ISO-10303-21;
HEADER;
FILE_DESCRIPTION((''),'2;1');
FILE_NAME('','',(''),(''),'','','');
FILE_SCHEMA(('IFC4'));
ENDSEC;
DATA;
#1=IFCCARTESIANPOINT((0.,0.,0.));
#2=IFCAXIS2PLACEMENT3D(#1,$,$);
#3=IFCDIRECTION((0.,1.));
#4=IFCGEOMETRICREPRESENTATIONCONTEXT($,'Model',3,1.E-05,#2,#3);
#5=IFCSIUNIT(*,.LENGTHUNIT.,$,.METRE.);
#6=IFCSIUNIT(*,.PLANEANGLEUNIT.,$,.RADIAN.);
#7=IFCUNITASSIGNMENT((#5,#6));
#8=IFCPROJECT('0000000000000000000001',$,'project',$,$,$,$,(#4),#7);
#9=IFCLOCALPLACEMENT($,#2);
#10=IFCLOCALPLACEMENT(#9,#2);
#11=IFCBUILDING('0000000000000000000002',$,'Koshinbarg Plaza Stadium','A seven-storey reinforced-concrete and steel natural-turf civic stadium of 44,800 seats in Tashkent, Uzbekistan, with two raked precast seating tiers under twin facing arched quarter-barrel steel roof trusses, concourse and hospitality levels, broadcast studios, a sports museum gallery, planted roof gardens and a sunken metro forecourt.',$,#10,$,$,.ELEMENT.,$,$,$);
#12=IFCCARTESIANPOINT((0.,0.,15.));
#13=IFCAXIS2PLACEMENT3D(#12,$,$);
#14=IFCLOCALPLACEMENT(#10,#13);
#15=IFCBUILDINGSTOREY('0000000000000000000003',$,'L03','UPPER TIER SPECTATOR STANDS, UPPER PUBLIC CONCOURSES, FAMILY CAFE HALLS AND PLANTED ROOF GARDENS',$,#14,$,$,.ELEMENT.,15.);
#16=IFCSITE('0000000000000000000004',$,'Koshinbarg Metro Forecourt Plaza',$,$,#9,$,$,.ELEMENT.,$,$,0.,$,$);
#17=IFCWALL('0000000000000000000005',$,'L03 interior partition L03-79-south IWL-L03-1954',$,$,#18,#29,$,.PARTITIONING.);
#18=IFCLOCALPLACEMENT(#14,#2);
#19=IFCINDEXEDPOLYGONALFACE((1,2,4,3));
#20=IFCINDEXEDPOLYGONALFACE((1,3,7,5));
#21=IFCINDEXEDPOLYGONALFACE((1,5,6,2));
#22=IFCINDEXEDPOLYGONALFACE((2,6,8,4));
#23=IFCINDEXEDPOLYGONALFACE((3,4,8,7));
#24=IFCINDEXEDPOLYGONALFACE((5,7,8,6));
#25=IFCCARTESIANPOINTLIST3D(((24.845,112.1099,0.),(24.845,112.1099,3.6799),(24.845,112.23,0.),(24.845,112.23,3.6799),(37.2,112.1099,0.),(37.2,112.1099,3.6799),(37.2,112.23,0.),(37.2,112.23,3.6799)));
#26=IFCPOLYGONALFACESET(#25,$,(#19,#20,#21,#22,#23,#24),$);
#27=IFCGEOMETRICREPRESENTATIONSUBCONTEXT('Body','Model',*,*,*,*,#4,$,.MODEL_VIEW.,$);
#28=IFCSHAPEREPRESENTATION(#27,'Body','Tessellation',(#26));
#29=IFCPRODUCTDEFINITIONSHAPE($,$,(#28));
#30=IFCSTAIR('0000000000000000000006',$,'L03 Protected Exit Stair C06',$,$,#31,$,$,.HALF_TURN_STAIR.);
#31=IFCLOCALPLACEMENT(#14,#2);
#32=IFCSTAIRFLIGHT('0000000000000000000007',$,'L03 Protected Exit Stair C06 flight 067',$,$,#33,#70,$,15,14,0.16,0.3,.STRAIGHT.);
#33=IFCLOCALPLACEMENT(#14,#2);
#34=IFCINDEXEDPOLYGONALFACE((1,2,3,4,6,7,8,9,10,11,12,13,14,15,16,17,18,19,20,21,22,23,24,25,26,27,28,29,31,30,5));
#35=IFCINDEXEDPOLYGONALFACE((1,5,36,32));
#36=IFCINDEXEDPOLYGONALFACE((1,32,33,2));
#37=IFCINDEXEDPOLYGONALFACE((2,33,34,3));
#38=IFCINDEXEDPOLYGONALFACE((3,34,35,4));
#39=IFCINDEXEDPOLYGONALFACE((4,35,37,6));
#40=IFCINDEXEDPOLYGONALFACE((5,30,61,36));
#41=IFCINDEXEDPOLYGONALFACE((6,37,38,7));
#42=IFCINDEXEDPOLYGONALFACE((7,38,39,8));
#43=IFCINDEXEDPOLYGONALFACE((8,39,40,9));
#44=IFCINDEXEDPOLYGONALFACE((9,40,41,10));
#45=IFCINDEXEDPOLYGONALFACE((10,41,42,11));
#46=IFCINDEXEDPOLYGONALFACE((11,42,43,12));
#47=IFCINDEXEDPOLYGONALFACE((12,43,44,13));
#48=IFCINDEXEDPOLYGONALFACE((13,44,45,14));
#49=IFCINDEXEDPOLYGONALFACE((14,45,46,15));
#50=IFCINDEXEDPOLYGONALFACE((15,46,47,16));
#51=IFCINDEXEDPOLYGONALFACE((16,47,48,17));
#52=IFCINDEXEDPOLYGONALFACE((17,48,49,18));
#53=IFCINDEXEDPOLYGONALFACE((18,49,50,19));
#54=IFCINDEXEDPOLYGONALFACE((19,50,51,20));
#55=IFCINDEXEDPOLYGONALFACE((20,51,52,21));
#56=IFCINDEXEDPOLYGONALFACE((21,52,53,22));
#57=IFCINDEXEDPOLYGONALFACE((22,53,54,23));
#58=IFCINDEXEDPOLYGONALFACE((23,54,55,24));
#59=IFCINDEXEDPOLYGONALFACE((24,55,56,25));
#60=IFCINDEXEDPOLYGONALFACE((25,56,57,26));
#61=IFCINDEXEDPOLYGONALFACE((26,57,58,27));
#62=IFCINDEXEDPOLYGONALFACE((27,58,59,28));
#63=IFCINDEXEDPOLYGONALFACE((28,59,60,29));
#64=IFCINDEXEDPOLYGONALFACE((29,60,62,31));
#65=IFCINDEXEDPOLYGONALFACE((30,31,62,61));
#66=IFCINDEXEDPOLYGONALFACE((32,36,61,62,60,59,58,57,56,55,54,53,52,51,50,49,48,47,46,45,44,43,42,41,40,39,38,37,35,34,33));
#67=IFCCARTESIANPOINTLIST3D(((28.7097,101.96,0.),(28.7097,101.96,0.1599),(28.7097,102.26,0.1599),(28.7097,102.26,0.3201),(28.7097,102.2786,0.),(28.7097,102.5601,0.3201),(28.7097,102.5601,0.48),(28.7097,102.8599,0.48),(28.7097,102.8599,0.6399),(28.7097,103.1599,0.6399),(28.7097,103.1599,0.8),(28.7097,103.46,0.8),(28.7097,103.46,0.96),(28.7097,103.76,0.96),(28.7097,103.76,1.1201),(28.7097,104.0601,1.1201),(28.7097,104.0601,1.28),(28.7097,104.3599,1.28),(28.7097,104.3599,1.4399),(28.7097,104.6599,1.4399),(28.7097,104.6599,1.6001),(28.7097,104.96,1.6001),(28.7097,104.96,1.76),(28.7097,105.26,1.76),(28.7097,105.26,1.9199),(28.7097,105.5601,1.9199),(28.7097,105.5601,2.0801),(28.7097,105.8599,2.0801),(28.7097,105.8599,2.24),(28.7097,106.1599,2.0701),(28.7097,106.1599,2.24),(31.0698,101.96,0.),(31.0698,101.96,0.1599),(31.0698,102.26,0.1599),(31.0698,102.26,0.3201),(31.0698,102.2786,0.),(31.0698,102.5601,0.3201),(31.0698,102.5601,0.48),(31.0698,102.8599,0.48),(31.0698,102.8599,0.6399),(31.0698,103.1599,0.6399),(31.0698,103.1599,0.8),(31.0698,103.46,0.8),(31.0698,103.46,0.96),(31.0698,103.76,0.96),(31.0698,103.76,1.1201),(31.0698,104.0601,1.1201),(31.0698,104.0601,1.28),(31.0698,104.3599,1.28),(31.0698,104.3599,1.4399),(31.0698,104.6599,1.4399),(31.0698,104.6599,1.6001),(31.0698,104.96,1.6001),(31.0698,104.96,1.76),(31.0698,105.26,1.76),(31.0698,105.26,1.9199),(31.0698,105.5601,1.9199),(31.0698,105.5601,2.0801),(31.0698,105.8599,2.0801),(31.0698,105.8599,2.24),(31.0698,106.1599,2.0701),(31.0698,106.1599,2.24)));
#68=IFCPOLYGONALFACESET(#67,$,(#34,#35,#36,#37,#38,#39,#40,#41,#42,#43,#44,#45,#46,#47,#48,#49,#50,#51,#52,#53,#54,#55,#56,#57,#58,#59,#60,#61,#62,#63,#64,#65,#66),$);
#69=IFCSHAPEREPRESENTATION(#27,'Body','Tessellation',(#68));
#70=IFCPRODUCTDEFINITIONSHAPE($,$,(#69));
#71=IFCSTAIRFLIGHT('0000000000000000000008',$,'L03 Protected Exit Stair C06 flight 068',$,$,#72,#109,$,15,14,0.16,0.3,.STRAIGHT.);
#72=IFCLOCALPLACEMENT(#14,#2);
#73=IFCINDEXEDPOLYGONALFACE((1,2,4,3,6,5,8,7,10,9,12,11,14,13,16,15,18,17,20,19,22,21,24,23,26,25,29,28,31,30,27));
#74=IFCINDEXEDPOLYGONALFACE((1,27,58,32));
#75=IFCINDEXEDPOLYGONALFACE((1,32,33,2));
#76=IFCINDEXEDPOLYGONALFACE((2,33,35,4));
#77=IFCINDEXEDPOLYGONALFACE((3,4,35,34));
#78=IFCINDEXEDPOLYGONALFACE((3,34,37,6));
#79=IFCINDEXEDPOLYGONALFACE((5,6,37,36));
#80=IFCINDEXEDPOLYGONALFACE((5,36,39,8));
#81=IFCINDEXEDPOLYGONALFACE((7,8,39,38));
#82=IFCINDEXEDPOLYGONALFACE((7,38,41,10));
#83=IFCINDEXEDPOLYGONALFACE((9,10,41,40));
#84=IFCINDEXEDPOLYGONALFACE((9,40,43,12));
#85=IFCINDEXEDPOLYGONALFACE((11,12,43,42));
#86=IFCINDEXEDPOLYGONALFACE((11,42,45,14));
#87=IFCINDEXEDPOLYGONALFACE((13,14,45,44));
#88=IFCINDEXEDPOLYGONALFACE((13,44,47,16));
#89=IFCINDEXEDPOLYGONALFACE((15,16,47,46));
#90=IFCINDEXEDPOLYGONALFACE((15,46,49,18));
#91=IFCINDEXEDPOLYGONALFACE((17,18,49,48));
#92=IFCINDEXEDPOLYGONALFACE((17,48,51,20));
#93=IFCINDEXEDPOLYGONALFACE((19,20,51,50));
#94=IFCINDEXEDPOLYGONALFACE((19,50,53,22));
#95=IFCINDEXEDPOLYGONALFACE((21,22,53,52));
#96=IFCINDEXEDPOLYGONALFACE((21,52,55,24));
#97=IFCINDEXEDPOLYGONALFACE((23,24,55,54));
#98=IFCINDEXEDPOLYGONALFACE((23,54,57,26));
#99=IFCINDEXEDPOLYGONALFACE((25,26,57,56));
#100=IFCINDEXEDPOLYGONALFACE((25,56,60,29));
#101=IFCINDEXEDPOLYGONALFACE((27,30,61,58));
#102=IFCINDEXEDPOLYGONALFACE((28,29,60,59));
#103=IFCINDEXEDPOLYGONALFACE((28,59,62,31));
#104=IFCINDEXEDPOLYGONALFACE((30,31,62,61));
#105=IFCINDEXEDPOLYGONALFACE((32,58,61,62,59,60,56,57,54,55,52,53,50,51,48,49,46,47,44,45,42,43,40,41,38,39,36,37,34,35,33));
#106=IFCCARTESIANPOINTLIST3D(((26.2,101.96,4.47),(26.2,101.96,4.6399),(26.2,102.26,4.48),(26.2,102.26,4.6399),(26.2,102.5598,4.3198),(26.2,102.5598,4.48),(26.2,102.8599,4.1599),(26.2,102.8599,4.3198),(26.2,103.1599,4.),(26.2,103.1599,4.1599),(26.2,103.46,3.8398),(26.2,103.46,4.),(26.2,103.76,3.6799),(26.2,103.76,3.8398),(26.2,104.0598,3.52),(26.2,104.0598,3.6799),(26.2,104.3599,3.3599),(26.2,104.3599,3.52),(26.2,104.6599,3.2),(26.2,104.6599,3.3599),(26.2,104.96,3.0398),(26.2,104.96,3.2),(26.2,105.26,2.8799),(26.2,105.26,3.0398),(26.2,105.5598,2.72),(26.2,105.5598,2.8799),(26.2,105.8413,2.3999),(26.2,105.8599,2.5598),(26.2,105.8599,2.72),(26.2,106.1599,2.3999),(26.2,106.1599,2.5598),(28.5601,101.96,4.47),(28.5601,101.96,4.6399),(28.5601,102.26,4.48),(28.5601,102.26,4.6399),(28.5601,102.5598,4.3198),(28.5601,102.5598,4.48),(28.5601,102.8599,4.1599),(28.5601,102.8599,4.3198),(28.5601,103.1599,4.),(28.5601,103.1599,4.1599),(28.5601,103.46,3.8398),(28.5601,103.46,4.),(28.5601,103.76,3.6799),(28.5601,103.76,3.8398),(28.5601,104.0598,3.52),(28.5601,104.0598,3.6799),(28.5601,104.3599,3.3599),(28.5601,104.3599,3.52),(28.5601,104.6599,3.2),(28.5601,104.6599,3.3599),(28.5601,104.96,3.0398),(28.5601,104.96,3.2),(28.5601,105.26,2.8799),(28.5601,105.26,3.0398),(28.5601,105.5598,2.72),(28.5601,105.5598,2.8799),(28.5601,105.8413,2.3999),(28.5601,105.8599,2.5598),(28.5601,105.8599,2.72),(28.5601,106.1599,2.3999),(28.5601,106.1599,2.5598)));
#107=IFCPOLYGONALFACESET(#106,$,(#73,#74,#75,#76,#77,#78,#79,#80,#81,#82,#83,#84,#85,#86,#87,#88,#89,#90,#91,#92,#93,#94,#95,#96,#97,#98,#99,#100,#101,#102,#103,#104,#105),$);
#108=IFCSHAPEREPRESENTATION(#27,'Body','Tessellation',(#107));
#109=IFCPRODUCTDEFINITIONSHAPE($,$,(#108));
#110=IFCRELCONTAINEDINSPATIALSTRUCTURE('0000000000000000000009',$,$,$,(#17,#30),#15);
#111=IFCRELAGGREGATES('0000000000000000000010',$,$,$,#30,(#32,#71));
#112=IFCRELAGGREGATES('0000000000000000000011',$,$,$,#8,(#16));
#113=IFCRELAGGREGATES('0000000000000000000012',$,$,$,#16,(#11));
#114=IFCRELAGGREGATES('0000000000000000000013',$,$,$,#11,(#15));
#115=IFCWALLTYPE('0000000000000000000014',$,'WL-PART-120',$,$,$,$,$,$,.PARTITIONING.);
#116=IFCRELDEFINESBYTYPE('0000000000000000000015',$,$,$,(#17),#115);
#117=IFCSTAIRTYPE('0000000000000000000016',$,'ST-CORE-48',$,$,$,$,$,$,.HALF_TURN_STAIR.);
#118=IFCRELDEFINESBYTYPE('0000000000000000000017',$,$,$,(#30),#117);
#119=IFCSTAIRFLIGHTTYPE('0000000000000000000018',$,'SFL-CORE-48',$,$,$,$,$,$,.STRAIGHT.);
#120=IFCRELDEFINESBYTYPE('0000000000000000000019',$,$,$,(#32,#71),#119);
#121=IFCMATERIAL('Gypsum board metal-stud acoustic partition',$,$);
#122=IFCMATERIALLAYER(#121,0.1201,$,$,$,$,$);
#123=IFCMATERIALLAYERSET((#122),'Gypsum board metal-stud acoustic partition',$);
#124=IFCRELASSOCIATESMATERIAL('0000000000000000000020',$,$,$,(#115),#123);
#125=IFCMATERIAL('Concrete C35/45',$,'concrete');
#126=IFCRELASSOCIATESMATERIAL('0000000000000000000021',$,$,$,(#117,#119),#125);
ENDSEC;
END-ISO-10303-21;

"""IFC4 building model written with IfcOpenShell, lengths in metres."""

from ifc_helpers import new_model, si_unit, direction, frame, frame_2d, origin, place, context, subcontext, project, spatial, polyline, rectangle, outline, extrude, material, layer, layer_set, type_object, element, aggregate, save


model = new_model("IFC4")

# Units and contexts
model_context = context("Model", 3, precision=1e-05, world=origin(), true_north=direction((0.0, 1.0)))
body_context = subcontext(model_context, "Body", "Model", "MODEL_VIEW")
ifc_project = project(units=[si_unit("LENGTHUNIT", "METRE"), si_unit("PLANEANGLEUNIT", "RADIAN")], contexts=[model_context])

# Site, building, storey
site_placement = place(None, origin())
site = spatial("IfcSite", under=ifc_project, at=site_placement, Name="Koshinbarg Metro Forecourt Plaza", CompositionType="ELEMENT", RefElevation=0.0)
building_placement = place(site_placement, origin())
building = spatial("IfcBuilding", under=site, at=building_placement, Name="Koshinbarg Plaza Stadium", Description="A seven-storey reinforced-concrete and steel natural-turf civic stadium of 44,800 seats in Tashkent, Uzbekistan, with two raked precast seating tiers under twin facing arched quarter-barrel steel roof trusses, concourse and hospitality levels, broadcast studios, a sports museum gallery, planted roof gardens and a sunken metro forecourt.", CompositionType="ELEMENT")
storey_placement = place(building_placement, frame((0.0, 0.0, 15.0)))
storey = spatial("IfcBuildingStorey", under=building, at=storey_placement, Name="L03", Description="UPPER TIER SPECTATOR STANDS, UPPER PUBLIC CONCOURSES, FAMILY CAFE HALLS AND PLANTED ROOF GARDENS", CompositionType="ELEMENT", Elevation=15.0)

# Wall
ifc_material_1 = material(Name="Gypsum board metal-stud acoustic partition")
ifc_layer_1 = layer(ifc_material_1, 0.1201)
ifc_layer_set_1 = layer_set([ifc_layer_1], Name="Gypsum board metal-stud acoustic partition")
wall_type_1 = type_object("IfcWallType", Name="WL-PART-120", PredefinedType="PARTITIONING", material=ifc_layer_set_1)
wall_1_placement = place(storey_placement, frame((24.845, 112.1699, 0.0), z_axis=(0.0, 0.0, 1.0), x_axis=(1.0, 0.0, 0.0)))
element("IfcWall", 1, at=wall_1_placement, inside=storey, type_object=wall_type_1, Name="L03 interior partition L03-79-south IWL-L03-1954", PredefinedType="PARTITIONING", context=body_context, shape_type="SweptSolid", body=[
    extrude(rectangle(XDim=12.355, YDim=0.1201, at=frame_2d((6.1775, 0.0))), origin(), (0.0, 0.0, 1.0), 3.6799),
])

# Stair, stair flights
ifc_material_2 = material(Name="Concrete C35/45", Category="concrete")
stair_type = type_object("IfcStairType", Name="ST-CORE-48", PredefinedType="HALF_TURN_STAIR", material=ifc_material_2)
stair_placement = place(storey_placement, origin())
stair = element("IfcStair", 2, at=stair_placement, inside=storey, type_object=stair_type, Name="L03 Protected Exit Stair C06", PredefinedType="HALF_TURN_STAIR")
stair_flight_type = type_object("IfcStairFlightType", Name="SFL-CORE-48", PredefinedType="STRAIGHT", material=ifc_material_2)
stair_flight_1_placement = place(storey_placement, frame((29.8899, 101.96, 0.0), z_axis=(0.0, 0.0, 1.0), x_axis=(0.0, 1.0, 0.0)))
stair_flight_1 = element("IfcStairFlight", 3, at=stair_flight_1_placement, type_object=stair_flight_type, Name="L03 Protected Exit Stair C06 flight 067", NumberOfRisers=15, NumberOfTreads=14, PredefinedType="STRAIGHT", RiserHeight=0.16, TreadLength=0.3, context=body_context, shape_type="SweptSolid", body=[
    extrude(outline(polyline([(0.0, 0.0), (0.0, 0.1599), (0.3, 0.1599), (0.3, 0.3201), (0.6001, 0.3201), (0.6001, 0.48), (0.8999, 0.48), (0.8999, 0.6399), (1.2, 0.6399), (1.2, 0.8), (1.5, 0.8), (1.5, 0.96), (1.8, 0.96), (1.8, 1.1201), (2.1001, 1.1201), (2.1001, 1.28), (2.3999, 1.28), (2.3999, 1.4399), (2.7, 1.4399), (2.7, 1.6001), (3.0, 1.6001), (3.0, 1.76), (3.3, 1.76), (3.3, 1.9199), (3.6001, 1.9199), (3.6001, 2.0801), (3.8999, 2.0801), (3.8999, 2.24), (4.2, 2.24), (4.2, 2.3999), (4.2, 2.0701), (0.3186, 0.0), (0.0, 0.0)])), frame((0.0, 1.1802, 0.0), z_axis=(0.0, -1.0, 0.0), x_axis=(1.0, 0.0, 0.0)), (0.0, 0.0, 1.0), 2.3601),
])
stair_flight_2_placement = place(storey_placement, frame((27.3799, 106.1599, 2.3999), z_axis=(0.0, 0.0, 1.0), x_axis=(0.0, -1.0, 0.0)))
stair_flight_2 = element("IfcStairFlight", 4, at=stair_flight_2_placement, type_object=stair_flight_type, Name="L03 Protected Exit Stair C06 flight 068", NumberOfRisers=15, NumberOfTreads=14, PredefinedType="STRAIGHT", RiserHeight=0.16, TreadLength=0.3, context=body_context, shape_type="SweptSolid", body=[
    extrude(outline(polyline([(0.0, 0.0), (0.0, 0.1599), (0.3, 0.1599), (0.3, 0.3201), (0.6001, 0.3201), (0.6001, 0.48), (0.8999, 0.48), (0.8999, 0.6399), (1.2, 0.6399), (1.2, 0.8), (1.5, 0.8), (1.5, 0.96), (1.8, 0.96), (1.8, 1.1201), (2.1001, 1.1201), (2.1001, 1.28), (2.3999, 1.28), (2.3999, 1.4399), (2.7, 1.4399), (2.7, 1.6001), (3.0, 1.6001), (3.0, 1.76), (3.3, 1.76), (3.3, 1.9199), (3.6001, 1.9199), (3.6001, 2.0801), (3.8999, 2.0801), (3.8999, 2.24), (4.2, 2.24), (4.2, 2.3999), (4.2, 2.0701), (0.3186, 0.0), (0.0, 0.0)])), frame((0.0, 1.1802, 0.0), z_axis=(0.0, -1.0, 0.0), x_axis=(1.0, 0.0, 0.0)), (0.0, 0.0, 1.0), 2.3601),
])
aggregate(stair, [stair_flight_1, stair_flight_2])

save(model, "model.ifc")
